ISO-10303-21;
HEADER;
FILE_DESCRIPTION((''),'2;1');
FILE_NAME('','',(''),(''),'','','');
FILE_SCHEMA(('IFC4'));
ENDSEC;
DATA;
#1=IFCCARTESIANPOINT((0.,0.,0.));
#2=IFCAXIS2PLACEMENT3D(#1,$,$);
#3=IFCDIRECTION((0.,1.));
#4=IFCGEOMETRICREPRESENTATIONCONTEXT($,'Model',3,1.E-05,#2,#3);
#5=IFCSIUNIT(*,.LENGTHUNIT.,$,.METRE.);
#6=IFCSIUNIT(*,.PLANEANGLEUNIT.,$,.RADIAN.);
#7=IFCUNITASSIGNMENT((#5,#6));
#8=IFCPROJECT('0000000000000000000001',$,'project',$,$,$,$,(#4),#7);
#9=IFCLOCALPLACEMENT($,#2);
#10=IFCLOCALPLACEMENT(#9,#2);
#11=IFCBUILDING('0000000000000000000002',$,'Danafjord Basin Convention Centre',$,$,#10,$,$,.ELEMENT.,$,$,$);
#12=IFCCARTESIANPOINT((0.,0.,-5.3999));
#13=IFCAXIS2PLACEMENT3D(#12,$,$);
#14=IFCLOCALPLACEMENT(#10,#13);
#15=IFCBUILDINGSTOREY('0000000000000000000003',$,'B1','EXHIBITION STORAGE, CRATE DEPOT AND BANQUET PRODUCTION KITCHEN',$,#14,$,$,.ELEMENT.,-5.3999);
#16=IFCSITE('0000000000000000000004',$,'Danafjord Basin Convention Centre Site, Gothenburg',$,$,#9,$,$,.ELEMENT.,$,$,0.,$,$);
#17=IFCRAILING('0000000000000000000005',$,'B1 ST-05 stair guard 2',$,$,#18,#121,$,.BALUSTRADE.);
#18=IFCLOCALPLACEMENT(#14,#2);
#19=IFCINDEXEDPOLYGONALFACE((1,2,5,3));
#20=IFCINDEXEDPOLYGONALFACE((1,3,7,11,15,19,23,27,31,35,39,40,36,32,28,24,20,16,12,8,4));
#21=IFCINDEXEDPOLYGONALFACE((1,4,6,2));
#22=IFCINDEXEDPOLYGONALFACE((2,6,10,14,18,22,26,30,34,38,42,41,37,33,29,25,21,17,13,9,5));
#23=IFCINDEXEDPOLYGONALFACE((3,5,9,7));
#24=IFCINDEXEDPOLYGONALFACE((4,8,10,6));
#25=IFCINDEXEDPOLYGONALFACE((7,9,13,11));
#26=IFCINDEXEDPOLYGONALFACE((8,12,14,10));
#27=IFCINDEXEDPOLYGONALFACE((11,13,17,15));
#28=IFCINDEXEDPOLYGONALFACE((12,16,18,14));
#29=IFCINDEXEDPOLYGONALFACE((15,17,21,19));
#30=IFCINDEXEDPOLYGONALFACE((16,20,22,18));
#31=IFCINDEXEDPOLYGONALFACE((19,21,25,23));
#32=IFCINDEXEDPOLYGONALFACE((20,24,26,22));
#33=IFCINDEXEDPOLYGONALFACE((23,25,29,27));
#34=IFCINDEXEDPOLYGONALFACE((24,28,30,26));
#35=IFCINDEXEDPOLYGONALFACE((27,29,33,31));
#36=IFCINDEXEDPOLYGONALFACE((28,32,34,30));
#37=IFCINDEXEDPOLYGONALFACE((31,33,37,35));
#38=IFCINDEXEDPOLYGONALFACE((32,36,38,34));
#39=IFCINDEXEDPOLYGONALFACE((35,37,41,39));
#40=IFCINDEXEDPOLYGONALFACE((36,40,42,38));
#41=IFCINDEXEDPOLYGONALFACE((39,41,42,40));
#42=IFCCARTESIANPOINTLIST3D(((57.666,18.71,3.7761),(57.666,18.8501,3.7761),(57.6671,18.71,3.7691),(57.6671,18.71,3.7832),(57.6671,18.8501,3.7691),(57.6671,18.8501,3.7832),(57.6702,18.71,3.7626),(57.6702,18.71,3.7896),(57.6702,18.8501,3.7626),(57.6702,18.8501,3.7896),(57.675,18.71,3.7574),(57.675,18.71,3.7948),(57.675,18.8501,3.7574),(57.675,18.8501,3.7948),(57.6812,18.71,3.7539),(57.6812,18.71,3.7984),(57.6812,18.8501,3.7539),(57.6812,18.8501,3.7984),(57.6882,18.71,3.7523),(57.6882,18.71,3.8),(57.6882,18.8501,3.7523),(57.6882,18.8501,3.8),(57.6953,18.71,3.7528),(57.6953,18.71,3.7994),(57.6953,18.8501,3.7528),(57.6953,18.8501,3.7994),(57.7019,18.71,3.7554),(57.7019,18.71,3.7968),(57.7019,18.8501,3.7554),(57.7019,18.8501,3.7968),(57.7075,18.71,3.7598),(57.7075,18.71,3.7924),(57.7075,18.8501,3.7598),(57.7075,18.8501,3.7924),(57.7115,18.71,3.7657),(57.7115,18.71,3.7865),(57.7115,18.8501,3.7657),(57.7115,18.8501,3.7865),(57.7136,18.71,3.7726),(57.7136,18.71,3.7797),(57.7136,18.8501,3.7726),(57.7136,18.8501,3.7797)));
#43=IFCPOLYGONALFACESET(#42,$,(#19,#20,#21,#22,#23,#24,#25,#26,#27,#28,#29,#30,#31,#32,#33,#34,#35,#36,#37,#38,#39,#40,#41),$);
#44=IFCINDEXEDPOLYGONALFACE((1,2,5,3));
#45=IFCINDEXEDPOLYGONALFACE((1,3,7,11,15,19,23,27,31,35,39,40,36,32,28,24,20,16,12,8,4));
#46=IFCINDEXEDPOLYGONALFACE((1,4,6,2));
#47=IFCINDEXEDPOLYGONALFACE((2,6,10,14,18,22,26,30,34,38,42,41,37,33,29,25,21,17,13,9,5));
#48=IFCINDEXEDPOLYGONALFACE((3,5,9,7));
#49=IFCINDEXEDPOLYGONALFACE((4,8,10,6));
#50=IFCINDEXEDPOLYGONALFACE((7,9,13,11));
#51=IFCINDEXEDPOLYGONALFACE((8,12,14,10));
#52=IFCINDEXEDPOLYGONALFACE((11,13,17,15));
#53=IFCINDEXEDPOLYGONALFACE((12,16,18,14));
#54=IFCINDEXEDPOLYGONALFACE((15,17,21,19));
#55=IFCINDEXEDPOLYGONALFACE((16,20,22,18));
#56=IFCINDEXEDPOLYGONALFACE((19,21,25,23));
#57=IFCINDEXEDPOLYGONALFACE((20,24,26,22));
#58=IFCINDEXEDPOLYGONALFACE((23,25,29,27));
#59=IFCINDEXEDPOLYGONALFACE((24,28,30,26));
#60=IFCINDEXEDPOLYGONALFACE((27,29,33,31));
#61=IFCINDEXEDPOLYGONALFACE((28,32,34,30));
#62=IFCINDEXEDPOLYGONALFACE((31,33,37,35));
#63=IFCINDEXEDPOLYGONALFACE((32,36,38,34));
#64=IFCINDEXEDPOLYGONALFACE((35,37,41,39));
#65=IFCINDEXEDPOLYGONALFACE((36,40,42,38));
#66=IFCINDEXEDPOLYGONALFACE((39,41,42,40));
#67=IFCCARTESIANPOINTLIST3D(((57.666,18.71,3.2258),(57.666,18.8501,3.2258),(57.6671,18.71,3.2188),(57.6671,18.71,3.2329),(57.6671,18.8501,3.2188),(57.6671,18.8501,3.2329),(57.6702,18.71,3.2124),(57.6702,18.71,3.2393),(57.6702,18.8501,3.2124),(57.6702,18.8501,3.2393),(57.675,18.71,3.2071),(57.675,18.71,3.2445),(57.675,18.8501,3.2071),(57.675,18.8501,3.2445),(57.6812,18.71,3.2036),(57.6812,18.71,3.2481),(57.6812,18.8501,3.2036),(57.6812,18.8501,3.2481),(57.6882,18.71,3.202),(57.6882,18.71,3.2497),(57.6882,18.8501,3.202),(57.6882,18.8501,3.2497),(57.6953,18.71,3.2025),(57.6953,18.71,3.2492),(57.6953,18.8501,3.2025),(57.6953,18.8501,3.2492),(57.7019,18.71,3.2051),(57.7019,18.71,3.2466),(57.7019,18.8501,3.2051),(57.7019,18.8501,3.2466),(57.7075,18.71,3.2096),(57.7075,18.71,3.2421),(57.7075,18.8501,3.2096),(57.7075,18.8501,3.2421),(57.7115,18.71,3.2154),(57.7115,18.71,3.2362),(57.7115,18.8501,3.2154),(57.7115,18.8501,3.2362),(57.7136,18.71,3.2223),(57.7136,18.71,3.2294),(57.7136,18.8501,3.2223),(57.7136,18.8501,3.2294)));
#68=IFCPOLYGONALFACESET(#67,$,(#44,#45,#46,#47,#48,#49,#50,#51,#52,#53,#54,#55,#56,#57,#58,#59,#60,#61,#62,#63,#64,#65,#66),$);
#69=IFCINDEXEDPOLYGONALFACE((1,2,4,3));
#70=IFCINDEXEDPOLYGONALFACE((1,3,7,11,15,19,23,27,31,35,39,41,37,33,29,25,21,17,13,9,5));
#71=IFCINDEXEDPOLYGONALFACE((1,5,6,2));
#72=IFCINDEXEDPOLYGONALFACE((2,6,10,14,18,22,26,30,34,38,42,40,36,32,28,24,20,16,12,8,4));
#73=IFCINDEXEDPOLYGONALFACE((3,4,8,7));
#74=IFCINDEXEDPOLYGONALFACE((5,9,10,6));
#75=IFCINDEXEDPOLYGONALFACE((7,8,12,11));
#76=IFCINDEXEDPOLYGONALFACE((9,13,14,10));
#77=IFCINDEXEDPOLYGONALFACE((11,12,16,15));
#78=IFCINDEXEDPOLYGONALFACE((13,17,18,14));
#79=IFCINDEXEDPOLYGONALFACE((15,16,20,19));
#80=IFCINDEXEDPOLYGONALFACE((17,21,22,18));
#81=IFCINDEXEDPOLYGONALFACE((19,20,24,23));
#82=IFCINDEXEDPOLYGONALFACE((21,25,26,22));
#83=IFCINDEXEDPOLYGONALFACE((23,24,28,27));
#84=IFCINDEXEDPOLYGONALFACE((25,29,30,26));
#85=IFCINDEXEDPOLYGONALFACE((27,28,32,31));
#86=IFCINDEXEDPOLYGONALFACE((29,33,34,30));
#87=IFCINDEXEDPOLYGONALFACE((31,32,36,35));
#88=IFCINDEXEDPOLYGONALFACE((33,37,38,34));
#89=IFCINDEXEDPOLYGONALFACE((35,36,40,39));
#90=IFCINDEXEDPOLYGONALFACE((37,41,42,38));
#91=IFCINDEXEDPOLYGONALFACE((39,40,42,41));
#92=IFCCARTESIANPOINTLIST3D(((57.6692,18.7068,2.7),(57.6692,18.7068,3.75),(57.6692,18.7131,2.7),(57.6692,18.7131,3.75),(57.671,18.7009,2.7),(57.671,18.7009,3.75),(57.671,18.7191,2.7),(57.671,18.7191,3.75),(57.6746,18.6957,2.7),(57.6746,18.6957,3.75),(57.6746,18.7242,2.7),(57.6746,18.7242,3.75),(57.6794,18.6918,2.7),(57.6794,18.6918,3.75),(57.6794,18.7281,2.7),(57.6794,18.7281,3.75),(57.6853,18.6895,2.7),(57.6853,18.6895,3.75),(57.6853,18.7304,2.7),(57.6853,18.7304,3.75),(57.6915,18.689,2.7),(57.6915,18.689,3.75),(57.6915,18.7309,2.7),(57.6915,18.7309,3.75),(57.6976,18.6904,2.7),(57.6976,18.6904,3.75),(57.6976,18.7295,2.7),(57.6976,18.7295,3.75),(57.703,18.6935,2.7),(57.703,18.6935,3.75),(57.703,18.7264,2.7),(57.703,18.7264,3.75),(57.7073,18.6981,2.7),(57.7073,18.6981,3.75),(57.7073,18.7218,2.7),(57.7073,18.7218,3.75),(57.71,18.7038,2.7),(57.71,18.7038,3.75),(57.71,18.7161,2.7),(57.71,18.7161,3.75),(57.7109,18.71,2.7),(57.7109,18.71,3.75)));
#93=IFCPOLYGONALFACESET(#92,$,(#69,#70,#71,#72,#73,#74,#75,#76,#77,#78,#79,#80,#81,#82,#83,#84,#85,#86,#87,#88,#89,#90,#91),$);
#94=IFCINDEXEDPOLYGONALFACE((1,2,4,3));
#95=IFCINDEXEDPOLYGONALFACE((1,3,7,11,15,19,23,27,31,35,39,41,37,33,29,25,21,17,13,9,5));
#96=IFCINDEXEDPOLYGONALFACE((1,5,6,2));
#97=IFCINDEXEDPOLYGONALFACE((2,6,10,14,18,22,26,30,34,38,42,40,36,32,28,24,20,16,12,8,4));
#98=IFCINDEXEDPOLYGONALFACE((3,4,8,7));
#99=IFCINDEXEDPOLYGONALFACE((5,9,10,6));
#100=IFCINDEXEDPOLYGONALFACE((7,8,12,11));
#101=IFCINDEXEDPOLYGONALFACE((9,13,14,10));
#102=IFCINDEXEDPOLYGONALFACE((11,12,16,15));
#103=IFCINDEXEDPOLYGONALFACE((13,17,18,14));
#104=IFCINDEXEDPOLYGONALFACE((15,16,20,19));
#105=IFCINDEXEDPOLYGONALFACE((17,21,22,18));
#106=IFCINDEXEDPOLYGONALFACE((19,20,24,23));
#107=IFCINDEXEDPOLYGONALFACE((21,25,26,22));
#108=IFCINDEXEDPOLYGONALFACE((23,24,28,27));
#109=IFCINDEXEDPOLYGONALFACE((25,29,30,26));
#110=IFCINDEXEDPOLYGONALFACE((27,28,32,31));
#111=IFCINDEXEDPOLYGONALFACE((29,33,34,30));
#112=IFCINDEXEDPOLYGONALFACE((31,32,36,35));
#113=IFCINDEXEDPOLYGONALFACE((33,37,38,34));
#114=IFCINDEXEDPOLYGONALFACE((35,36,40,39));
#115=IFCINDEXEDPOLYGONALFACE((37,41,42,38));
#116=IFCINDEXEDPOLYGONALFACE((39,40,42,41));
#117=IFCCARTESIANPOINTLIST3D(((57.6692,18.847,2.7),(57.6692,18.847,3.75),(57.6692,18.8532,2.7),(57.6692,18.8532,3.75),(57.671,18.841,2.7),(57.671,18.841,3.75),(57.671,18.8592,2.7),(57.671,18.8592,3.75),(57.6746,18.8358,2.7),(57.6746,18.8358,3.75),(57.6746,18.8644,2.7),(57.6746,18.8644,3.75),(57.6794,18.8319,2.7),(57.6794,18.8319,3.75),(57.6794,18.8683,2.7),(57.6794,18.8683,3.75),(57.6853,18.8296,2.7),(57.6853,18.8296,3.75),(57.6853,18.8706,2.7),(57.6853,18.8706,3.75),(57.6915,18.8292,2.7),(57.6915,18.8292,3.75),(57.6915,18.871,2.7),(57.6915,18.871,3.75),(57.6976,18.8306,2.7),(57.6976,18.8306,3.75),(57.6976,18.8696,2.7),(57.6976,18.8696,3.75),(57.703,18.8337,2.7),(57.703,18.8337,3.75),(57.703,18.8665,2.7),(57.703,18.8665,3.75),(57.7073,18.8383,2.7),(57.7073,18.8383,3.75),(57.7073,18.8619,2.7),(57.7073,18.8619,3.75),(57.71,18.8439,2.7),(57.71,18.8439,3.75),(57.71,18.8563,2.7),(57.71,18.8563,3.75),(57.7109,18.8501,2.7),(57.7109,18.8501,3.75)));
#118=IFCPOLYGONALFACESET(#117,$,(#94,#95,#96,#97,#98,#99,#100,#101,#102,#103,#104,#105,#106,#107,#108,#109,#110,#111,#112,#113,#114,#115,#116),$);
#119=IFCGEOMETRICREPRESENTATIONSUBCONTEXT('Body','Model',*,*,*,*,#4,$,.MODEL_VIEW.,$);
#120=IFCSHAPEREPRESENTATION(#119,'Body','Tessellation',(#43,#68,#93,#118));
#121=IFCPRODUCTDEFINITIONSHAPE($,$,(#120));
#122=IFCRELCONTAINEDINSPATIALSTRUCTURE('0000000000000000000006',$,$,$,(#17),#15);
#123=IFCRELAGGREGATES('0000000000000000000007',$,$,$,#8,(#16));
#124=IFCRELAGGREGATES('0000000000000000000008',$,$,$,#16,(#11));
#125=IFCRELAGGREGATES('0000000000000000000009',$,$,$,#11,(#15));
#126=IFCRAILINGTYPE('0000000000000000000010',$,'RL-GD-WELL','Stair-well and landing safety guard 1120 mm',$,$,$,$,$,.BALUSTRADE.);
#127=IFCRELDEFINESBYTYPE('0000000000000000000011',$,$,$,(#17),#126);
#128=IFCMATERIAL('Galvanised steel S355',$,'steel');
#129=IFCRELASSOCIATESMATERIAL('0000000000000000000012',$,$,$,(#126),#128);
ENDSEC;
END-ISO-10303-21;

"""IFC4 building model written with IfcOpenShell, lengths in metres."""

from ifc_helpers import new_model, si_unit, direction, frame, origin, origin_2d, place, context, subcontext, project, spatial, circle, extrude, material, type_object, element, save


model = new_model("IFC4")

# Units and contexts
model_context = context("Model", 3, precision=1e-05, world=origin(), true_north=direction((0.0, 1.0)))
body_context = subcontext(model_context, "Body", "Model", "MODEL_VIEW")
ifc_project = project(units=[si_unit("LENGTHUNIT", "METRE"), si_unit("PLANEANGLEUNIT", "RADIAN")], contexts=[model_context])

# Site, building, storey
site_placement = place(None, origin())
site = spatial("IfcSite", under=ifc_project, at=site_placement, Name="Danafjord Basin Convention Centre Site, Gothenburg", CompositionType="ELEMENT", RefElevation=0.0)
building_placement = place(site_placement, origin())
building = spatial("IfcBuilding", under=site, at=building_placement, Name="Danafjord Basin Convention Centre", CompositionType="ELEMENT")
storey_placement = place(building_placement, frame((0.0, 0.0, -5.3999)))
storey = spatial("IfcBuildingStorey", under=building, at=storey_placement, Name="B1", Description="EXHIBITION STORAGE, CRATE DEPOT AND BANQUET PRODUCTION KITCHEN", CompositionType="ELEMENT", Elevation=-5.3999)

# Railing
ifc_material_1 = material(Name="Galvanised steel S355", Category="steel")
railing_type_1 = type_object("IfcRailingType", Name="RL-GD-WELL", Description="Stair-well and landing safety guard 1120 mm", PredefinedType="BALUSTRADE", material=ifc_material_1)
railing_1_placement = place(storey_placement, frame((57.6899, 18.71, 2.7)))
element("IfcRailing", 1, at=railing_1_placement, inside=storey, type_object=railing_type_1, Name="B1 ST-05 stair guard 2", PredefinedType="BALUSTRADE", context=body_context, shape_type="SweptSolid", body=[
    extrude(circle(Radius=0.0239, at=origin_2d()), frame((0.0, 0.0, 1.0762), z_axis=(0.0, 1.0, 0.0), x_axis=(-1.0, 0.0, 0.0)), (0.0, 0.0, 1.0), 0.1401),
    extrude(circle(Radius=0.0239, at=origin_2d()), frame((0.0, 0.0, 0.5259), z_axis=(0.0, 1.0, 0.0), x_axis=(-1.0, 0.0, 0.0)), (0.0, 0.0, 1.0), 0.1401),
    extrude(circle(Radius=0.021, at=origin_2d()), origin(), (0.0, 0.0, 1.0), 1.05),
    extrude(circle(Radius=0.021, at=origin_2d()), frame((0.0, 0.1401, 0.0)), (0.0, 0.0, 1.0), 1.05),
])

save(model, "model.ifc")
